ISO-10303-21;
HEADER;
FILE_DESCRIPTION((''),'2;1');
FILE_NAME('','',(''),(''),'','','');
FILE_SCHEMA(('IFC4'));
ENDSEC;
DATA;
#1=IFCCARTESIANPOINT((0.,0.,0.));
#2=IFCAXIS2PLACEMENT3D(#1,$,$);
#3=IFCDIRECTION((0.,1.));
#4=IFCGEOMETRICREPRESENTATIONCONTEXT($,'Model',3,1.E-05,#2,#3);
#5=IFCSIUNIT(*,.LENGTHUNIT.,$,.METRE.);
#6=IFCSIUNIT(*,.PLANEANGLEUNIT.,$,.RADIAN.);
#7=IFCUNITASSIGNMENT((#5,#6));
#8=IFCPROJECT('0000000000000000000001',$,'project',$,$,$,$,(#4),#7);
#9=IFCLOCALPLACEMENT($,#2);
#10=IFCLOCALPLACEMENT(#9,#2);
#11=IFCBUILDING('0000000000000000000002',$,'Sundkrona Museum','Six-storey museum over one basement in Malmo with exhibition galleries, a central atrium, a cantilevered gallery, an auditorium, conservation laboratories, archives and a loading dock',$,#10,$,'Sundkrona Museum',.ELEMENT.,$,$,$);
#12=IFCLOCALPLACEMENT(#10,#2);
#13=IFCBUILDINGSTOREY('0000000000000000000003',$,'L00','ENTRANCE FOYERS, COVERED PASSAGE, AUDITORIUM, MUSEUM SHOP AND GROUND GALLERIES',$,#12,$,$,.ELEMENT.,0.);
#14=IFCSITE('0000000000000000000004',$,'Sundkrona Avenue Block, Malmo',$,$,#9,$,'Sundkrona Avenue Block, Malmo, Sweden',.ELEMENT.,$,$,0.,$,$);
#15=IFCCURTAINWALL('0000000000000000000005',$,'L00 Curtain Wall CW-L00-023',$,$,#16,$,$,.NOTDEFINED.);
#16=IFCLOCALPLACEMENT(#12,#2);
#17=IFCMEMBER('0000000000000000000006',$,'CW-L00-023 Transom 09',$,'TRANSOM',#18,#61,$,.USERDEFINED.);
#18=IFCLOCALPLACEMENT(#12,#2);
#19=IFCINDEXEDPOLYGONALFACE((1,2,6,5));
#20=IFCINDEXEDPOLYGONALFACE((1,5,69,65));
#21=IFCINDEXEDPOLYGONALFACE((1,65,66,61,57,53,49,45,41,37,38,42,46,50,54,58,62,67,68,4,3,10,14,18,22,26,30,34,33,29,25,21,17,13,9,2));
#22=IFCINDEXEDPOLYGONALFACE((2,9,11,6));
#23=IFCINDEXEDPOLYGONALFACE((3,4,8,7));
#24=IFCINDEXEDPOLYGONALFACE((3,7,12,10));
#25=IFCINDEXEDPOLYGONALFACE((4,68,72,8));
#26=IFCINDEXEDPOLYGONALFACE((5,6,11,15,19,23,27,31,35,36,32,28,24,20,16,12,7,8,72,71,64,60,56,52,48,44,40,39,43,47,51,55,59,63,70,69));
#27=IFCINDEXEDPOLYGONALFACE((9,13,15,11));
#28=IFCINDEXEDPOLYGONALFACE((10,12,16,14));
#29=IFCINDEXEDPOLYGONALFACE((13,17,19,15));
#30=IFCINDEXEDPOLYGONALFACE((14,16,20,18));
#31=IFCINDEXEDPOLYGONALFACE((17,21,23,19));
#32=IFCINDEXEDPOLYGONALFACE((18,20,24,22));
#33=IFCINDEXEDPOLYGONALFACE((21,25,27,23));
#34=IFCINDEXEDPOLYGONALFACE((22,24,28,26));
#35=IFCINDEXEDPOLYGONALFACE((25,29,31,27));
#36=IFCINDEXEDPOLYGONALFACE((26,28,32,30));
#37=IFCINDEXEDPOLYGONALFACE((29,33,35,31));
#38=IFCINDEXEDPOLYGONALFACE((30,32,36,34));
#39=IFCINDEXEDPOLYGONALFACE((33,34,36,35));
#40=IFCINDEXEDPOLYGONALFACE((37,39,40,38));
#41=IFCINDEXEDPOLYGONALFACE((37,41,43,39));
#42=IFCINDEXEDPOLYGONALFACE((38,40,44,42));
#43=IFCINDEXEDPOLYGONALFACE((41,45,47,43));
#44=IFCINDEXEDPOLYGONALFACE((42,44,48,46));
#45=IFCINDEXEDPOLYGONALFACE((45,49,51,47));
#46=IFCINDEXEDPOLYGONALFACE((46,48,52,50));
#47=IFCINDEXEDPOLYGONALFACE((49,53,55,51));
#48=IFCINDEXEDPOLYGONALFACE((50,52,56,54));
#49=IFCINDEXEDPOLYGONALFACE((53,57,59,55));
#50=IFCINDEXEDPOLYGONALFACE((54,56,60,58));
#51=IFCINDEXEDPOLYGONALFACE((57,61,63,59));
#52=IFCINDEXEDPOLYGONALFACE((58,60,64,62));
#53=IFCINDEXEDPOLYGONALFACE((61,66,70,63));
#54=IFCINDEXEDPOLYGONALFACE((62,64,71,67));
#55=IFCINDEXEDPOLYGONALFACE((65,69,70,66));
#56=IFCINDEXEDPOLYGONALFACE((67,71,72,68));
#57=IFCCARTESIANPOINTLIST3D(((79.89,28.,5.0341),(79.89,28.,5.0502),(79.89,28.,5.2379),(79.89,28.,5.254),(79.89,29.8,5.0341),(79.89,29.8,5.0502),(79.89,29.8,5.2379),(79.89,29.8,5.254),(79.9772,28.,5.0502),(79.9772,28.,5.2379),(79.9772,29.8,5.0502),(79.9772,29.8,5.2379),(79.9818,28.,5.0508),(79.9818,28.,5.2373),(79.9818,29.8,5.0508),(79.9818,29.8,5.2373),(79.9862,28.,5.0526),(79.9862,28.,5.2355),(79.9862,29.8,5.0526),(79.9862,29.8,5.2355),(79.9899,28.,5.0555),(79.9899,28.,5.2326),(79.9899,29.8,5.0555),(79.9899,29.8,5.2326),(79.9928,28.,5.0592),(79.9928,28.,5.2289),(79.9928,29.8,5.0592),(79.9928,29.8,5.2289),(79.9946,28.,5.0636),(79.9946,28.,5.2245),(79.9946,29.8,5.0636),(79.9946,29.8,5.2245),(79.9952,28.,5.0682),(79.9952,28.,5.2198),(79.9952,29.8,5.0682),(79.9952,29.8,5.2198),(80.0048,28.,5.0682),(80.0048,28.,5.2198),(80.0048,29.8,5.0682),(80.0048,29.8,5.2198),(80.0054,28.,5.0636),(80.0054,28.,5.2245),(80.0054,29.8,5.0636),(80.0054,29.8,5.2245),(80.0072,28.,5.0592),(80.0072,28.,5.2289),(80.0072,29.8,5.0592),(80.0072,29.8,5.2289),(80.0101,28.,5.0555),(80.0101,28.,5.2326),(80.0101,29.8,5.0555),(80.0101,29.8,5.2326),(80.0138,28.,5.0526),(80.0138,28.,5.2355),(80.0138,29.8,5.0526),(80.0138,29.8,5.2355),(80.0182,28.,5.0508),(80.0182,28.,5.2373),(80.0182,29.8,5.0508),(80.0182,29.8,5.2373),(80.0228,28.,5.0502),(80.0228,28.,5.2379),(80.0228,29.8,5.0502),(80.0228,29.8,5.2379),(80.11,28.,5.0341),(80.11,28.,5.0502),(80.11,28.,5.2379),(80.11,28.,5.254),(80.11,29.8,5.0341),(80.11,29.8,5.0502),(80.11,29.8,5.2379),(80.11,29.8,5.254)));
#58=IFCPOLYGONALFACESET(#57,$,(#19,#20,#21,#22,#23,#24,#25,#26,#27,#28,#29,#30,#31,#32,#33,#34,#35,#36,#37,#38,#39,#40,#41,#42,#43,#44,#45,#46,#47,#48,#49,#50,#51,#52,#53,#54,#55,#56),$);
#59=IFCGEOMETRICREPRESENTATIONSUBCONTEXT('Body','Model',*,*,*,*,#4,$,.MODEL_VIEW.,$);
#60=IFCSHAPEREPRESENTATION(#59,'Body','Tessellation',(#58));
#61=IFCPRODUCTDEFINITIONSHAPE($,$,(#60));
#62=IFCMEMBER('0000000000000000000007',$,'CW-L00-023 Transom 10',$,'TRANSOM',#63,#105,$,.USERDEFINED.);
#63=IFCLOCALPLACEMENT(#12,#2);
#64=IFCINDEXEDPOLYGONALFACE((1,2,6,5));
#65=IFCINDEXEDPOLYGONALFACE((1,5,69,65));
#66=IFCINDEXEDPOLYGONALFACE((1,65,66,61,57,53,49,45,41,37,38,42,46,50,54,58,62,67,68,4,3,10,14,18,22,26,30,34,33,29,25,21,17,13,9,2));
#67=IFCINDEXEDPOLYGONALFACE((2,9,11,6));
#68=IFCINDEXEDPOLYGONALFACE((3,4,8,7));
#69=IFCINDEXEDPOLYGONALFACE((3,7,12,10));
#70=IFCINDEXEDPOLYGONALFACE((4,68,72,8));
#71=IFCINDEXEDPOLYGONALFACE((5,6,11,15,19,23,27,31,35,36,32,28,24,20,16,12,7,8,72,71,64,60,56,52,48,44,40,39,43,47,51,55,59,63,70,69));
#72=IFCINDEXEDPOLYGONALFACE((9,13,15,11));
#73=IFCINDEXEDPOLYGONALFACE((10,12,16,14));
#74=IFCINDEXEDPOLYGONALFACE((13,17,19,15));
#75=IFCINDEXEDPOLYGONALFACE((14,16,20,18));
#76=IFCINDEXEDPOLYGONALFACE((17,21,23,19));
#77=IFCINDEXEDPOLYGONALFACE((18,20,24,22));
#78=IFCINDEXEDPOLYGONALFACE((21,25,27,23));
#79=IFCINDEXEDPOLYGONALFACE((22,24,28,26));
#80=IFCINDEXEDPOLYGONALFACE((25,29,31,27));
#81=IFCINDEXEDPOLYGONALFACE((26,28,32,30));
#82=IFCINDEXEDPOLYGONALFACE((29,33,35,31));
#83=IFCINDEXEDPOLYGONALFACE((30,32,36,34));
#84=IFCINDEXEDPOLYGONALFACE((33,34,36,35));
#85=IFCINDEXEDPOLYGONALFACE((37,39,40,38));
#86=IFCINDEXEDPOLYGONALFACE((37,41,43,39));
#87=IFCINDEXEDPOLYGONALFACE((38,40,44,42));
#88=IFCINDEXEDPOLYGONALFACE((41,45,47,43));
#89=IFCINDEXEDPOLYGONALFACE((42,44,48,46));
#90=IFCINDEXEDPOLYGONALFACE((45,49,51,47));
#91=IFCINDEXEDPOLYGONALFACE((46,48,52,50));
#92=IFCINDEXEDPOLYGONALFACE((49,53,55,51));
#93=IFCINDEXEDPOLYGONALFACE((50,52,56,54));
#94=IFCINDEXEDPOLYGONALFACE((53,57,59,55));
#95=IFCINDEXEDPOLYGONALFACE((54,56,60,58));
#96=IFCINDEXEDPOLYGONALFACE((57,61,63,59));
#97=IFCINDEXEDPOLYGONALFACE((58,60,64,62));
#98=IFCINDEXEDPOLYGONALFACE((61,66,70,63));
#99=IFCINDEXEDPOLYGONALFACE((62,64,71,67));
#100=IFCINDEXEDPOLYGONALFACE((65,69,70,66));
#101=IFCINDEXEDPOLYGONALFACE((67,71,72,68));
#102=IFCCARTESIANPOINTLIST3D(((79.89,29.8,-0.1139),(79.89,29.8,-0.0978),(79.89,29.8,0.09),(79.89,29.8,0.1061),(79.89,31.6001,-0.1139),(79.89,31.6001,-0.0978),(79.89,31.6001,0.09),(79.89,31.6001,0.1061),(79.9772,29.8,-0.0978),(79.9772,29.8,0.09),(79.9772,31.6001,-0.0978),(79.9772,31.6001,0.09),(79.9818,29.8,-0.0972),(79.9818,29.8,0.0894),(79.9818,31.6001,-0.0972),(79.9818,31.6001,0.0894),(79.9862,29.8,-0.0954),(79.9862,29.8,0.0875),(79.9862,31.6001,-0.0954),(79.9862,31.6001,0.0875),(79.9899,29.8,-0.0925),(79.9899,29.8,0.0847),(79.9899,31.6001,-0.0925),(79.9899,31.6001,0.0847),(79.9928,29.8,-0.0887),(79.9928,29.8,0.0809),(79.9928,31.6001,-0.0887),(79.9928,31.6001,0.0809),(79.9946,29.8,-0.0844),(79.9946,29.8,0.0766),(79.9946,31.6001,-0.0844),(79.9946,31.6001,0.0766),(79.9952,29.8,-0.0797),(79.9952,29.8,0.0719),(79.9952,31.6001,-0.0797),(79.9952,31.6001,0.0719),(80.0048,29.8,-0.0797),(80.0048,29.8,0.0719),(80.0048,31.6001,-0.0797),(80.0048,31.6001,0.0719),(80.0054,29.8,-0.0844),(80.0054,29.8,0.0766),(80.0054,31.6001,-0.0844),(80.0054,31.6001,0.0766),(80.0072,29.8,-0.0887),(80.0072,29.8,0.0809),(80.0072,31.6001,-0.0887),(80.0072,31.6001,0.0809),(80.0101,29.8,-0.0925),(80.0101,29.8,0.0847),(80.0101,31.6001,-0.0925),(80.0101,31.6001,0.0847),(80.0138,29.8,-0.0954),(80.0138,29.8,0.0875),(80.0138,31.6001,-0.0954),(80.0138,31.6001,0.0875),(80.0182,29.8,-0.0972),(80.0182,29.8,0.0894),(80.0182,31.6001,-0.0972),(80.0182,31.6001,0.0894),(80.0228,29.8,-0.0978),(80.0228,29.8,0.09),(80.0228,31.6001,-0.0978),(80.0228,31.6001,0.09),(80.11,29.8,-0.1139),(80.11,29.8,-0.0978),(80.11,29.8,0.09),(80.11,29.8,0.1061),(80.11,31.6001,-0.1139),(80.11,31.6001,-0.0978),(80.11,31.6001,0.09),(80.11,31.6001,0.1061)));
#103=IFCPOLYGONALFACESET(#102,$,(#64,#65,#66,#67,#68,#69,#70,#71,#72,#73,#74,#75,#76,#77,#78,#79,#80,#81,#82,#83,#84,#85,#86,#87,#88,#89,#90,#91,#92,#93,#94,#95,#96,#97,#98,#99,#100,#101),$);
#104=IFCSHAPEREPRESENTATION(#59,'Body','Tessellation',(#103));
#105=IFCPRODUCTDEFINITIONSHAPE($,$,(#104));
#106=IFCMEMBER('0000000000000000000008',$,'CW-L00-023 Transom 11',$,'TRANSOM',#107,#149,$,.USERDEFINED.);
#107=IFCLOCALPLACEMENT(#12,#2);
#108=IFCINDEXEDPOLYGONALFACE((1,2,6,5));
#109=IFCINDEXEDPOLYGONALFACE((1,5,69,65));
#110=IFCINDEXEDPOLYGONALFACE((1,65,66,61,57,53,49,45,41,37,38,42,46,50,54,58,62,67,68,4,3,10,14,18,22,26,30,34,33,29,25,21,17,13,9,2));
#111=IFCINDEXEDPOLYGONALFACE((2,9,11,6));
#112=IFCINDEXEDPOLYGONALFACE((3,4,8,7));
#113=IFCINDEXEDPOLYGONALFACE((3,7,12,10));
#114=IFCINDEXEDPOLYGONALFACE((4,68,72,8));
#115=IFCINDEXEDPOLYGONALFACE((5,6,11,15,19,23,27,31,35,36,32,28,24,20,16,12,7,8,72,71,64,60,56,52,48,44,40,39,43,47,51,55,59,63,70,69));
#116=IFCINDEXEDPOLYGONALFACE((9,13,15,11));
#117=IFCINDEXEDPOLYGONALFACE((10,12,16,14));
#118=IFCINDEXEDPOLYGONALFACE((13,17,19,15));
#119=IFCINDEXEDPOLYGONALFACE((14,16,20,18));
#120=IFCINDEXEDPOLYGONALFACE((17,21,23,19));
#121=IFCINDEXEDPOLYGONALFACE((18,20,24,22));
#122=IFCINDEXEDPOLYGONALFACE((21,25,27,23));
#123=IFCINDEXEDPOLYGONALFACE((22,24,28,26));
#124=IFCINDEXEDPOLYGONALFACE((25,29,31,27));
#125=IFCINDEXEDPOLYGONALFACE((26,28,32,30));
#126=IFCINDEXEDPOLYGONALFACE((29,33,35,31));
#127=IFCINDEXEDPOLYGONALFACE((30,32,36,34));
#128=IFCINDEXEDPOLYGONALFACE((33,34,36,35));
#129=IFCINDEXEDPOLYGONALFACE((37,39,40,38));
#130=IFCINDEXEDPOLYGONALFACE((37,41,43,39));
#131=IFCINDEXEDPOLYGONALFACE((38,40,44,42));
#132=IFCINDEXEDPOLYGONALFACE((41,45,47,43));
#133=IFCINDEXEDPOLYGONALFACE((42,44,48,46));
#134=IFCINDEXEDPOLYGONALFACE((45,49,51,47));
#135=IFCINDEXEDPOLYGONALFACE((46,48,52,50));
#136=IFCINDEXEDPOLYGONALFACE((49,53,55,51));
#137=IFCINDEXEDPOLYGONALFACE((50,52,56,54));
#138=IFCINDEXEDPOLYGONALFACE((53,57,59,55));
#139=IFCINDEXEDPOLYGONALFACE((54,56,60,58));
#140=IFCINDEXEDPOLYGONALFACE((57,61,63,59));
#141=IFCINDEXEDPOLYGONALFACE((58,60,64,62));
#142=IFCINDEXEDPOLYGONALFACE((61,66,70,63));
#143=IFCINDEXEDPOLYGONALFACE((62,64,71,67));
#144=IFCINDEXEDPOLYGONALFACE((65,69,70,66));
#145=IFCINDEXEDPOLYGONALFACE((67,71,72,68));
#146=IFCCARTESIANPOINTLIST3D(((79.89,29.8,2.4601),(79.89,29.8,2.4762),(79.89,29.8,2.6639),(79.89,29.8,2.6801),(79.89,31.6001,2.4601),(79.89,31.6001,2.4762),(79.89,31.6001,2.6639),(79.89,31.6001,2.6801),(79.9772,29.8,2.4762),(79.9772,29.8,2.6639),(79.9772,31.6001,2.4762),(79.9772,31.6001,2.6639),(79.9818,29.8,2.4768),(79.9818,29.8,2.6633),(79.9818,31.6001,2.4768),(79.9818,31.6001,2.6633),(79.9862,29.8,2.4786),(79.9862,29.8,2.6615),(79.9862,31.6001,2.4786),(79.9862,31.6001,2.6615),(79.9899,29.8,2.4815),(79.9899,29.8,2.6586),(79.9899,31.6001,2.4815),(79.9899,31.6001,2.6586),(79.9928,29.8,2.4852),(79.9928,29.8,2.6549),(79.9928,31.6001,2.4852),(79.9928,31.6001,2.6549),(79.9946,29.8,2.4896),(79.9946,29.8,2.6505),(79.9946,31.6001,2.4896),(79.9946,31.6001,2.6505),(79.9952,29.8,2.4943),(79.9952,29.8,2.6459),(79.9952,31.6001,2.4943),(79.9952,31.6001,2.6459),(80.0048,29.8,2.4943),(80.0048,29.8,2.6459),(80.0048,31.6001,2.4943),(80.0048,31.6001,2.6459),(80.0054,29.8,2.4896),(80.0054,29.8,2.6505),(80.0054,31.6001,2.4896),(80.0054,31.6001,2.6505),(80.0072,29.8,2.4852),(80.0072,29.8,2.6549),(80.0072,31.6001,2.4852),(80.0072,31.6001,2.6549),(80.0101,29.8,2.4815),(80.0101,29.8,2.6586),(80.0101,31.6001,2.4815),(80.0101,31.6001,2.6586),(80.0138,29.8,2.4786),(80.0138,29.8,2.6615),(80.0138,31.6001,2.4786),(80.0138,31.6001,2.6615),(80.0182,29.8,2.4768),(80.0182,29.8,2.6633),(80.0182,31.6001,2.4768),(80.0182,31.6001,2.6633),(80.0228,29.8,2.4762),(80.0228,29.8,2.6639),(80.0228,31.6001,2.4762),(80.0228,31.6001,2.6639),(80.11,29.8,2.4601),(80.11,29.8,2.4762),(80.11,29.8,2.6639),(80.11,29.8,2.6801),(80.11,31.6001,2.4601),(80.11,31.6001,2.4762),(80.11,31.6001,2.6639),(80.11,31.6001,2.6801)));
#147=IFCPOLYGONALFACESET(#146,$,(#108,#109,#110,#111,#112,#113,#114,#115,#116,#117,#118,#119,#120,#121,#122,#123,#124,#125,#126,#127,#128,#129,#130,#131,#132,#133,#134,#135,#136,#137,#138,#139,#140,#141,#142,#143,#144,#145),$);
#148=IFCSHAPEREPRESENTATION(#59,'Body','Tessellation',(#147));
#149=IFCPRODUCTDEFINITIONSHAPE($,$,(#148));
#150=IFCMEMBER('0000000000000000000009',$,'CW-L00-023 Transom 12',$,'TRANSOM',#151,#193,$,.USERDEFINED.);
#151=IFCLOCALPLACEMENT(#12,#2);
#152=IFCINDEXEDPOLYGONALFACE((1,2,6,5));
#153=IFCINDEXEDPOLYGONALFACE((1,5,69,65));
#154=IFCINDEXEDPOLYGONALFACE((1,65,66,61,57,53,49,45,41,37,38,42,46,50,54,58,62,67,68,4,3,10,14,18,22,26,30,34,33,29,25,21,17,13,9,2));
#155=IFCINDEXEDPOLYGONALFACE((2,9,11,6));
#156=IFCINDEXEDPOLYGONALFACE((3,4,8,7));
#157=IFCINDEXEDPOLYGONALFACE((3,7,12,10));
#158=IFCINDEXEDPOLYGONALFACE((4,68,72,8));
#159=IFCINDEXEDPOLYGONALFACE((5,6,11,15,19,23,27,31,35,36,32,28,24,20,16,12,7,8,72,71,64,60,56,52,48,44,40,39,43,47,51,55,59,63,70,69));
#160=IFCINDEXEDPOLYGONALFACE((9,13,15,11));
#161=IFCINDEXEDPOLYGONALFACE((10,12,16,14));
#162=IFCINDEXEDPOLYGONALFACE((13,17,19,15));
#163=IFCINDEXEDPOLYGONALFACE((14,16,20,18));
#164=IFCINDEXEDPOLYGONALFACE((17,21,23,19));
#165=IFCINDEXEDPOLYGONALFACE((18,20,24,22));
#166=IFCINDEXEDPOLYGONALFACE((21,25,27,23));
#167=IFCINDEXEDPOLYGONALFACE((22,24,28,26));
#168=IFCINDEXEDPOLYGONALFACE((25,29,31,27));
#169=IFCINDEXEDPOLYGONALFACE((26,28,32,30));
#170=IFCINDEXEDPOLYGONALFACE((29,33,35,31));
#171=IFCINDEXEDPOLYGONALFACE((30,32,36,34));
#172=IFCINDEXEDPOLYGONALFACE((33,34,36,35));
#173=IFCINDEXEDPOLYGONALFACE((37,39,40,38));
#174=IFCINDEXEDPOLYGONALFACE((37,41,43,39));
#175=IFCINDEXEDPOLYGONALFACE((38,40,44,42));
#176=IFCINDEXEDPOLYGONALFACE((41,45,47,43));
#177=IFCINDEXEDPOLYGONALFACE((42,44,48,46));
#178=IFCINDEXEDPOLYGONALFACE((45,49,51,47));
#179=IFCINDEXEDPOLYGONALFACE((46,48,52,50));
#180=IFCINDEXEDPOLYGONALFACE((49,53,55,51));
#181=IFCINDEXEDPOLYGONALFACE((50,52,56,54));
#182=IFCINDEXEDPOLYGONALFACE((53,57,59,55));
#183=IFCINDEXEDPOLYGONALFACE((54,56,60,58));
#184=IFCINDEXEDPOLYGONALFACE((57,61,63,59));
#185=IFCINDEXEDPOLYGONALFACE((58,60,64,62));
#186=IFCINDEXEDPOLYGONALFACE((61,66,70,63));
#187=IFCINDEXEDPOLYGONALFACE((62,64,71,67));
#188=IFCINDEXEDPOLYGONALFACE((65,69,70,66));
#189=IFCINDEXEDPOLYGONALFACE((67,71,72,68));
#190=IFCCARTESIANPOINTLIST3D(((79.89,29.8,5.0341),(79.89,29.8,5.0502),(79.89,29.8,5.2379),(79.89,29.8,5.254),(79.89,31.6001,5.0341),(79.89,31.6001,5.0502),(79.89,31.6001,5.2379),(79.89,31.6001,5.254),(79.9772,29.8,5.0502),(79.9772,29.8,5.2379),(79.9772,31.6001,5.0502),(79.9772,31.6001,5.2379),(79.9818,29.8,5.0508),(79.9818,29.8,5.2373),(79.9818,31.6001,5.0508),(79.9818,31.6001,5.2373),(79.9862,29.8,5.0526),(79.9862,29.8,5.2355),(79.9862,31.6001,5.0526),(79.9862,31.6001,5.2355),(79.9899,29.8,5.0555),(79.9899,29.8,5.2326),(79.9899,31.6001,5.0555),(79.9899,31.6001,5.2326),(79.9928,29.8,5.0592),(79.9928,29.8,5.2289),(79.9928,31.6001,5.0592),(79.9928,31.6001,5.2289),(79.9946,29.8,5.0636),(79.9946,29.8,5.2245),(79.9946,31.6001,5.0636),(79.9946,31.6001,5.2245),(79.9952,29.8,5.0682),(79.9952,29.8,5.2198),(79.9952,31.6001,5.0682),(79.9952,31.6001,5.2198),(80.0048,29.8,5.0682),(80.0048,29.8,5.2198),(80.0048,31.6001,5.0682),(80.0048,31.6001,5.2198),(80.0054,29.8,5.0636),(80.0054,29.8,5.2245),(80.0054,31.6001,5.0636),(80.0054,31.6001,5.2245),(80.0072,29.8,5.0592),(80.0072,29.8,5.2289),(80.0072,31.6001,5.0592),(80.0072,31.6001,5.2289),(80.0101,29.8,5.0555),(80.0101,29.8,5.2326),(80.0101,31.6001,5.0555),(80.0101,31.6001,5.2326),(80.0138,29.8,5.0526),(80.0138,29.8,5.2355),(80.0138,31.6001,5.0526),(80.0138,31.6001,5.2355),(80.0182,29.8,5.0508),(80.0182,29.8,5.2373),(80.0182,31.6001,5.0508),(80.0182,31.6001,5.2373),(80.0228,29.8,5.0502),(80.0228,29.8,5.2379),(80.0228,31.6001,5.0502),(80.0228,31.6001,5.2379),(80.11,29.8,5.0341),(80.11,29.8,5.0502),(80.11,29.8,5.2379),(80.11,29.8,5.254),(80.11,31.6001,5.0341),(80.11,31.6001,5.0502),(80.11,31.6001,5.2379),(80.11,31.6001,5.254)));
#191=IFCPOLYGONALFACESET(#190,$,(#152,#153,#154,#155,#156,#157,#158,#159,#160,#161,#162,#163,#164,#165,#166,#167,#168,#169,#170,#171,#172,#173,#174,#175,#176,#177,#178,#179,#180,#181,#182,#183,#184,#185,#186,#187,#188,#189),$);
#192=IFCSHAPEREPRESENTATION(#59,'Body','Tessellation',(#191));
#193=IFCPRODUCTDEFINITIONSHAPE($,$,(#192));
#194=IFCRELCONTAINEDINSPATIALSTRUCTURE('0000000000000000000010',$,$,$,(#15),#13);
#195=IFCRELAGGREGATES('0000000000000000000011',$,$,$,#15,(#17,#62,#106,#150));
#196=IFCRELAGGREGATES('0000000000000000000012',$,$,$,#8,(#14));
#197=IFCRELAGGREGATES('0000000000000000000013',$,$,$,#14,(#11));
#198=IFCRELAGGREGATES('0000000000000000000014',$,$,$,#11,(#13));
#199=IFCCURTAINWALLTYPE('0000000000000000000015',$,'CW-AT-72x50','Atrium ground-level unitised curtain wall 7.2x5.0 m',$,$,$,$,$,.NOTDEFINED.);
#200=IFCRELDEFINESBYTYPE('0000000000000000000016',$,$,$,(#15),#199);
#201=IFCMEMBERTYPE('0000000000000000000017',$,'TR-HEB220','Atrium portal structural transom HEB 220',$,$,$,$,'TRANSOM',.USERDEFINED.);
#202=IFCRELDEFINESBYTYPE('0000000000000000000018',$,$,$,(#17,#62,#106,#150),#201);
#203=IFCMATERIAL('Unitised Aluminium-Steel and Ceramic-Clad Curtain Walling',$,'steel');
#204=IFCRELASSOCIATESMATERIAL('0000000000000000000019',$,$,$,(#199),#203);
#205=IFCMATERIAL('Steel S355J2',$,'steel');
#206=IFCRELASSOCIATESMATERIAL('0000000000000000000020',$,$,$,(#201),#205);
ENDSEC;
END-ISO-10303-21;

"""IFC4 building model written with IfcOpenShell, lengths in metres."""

from ifc_helpers import new_model, si_unit, direction, frame, origin, origin_2d, place, context, subcontext, project, spatial, i_section, extrude, material, material_profile, profile_set, type_object, element, aggregate, save


model = new_model("IFC4")

# Units and contexts
model_context = context("Model", 3, precision=1e-05, world=origin(), true_north=direction((0.0, 1.0)))
body_context = subcontext(model_context, "Body", "Model", "MODEL_VIEW")
ifc_project = project(units=[si_unit("LENGTHUNIT", "METRE"), si_unit("PLANEANGLEUNIT", "RADIAN")], contexts=[model_context])

# Site, building, storey
site_placement = place(None, origin())
site = spatial("IfcSite", under=ifc_project, at=site_placement, Name="Sundkrona Avenue Block, Malmo", LongName="Sundkrona Avenue Block, Malmo, Sweden", CompositionType="ELEMENT", RefElevation=0.0)
building_placement = place(site_placement, origin())
building = spatial("IfcBuilding", under=site, at=building_placement, Name="Sundkrona Museum", Description="Six-storey museum over one basement in Malmo with exhibition galleries, a central atrium, a cantilevered gallery, an auditorium, conservation laboratories, archives and a loading dock", LongName="Sundkrona Museum", CompositionType="ELEMENT")
storey_placement = place(building_placement, origin())
storey = spatial("IfcBuildingStorey", under=building, at=storey_placement, Name="L00", Description="ENTRANCE FOYERS, COVERED PASSAGE, AUDITORIUM, MUSEUM SHOP AND GROUND GALLERIES", CompositionType="ELEMENT", Elevation=0.0)

# Shared definitions
ifc_material_1 = material(Name="Steel S355J2", Category="steel")

# Curtain wall
ifc_material_2 = material(Name="Unitised Aluminium-Steel and Ceramic-Clad Curtain Walling", Category="steel")
curtain_wall_type = type_object("IfcCurtainWallType", Name="CW-AT-72x50", Description="Atrium ground-level unitised curtain wall 7.2x5.0 m", PredefinedType="NOTDEFINED", material=ifc_material_2)
curtain_wall_1_placement = place(storey_placement, origin())
curtain_wall_1 = element("IfcCurtainWall", 1, at=curtain_wall_1_placement, inside=storey, type_object=curtain_wall_type, Name="L00 Curtain Wall CW-L00-023", PredefinedType="NOTDEFINED")

# Members
ifc_material_profile_1 = material_profile(ifc_material_1, i_section(OverallWidth=0.22, OverallDepth=0.22, WebThickness=0.0095, FlangeThickness=0.0161, FilletRadius=0.0181, at=origin_2d()), Name="HEB 220")
ifc_profile_set_1 = profile_set([ifc_material_profile_1], Name="Steel S355J2")
member_type_1 = type_object("IfcMemberType", Name="TR-HEB220", Description="Atrium portal structural transom HEB 220", ElementType="TRANSOM", PredefinedType="USERDEFINED", material=ifc_profile_set_1)
member_1_placement = place(storey_placement, frame((80.0, 28.0, 5.144), z_axis=(0.0, 1.0, 0.0), x_axis=(-1.0, 0.0, 0.0)))
member_1 = element("IfcMember", 2, at=member_1_placement, type_object=member_type_1, Name="CW-L00-023 Transom 09", ObjectType="TRANSOM", PredefinedType="USERDEFINED", context=body_context, shape_type="SweptSolid", body=[
    extrude(i_section(OverallWidth=0.22, OverallDepth=0.22, WebThickness=0.0095, FlangeThickness=0.0161, FilletRadius=0.0181, at=origin_2d()), origin(), (0.0, 0.0, 1.0), 1.8),
])
member_2_placement = place(storey_placement, frame((80.0, 29.8, -0.0039), z_axis=(0.0, 1.0, 0.0), x_axis=(-1.0, 0.0, 0.0)))
member_2 = element("IfcMember", 3, at=member_2_placement, type_object=member_type_1, Name="CW-L00-023 Transom 10", ObjectType="TRANSOM", PredefinedType="USERDEFINED", context=body_context, shape_type="SweptSolid", body=[
    extrude(i_section(OverallWidth=0.22, OverallDepth=0.22, WebThickness=0.0095, FlangeThickness=0.0161, FilletRadius=0.0181, at=origin_2d()), origin(), (0.0, 0.0, 1.0), 1.8),
])
member_3_placement = place(storey_placement, frame((80.0, 29.8, 2.5701), z_axis=(0.0, 1.0, 0.0), x_axis=(-1.0, 0.0, 0.0)))
member_3 = element("IfcMember", 4, at=member_3_placement, type_object=member_type_1, Name="CW-L00-023 Transom 11", ObjectType="TRANSOM", PredefinedType="USERDEFINED", context=body_context, shape_type="SweptSolid", body=[
    extrude(i_section(OverallWidth=0.22, OverallDepth=0.22, WebThickness=0.0095, FlangeThickness=0.0161, FilletRadius=0.0181, at=origin_2d()), origin(), (0.0, 0.0, 1.0), 1.8),
])
member_4_placement = place(storey_placement, frame((80.0, 29.8, 5.144), z_axis=(0.0, 1.0, 0.0), x_axis=(-1.0, 0.0, 0.0)))
member_4 = element("IfcMember", 5, at=member_4_placement, type_object=member_type_1, Name="CW-L00-023 Transom 12", ObjectType="TRANSOM", PredefinedType="USERDEFINED", context=body_context, shape_type="SweptSolid", body=[
    extrude(i_section(OverallWidth=0.22, OverallDepth=0.22, WebThickness=0.0095, FlangeThickness=0.0161, FilletRadius=0.0181, at=origin_2d()), origin(), (0.0, 0.0, 1.0), 1.8),
])

aggregate(curtain_wall_1, [member_1, member_2, member_3, member_4])

save(model, "model.ifc")
